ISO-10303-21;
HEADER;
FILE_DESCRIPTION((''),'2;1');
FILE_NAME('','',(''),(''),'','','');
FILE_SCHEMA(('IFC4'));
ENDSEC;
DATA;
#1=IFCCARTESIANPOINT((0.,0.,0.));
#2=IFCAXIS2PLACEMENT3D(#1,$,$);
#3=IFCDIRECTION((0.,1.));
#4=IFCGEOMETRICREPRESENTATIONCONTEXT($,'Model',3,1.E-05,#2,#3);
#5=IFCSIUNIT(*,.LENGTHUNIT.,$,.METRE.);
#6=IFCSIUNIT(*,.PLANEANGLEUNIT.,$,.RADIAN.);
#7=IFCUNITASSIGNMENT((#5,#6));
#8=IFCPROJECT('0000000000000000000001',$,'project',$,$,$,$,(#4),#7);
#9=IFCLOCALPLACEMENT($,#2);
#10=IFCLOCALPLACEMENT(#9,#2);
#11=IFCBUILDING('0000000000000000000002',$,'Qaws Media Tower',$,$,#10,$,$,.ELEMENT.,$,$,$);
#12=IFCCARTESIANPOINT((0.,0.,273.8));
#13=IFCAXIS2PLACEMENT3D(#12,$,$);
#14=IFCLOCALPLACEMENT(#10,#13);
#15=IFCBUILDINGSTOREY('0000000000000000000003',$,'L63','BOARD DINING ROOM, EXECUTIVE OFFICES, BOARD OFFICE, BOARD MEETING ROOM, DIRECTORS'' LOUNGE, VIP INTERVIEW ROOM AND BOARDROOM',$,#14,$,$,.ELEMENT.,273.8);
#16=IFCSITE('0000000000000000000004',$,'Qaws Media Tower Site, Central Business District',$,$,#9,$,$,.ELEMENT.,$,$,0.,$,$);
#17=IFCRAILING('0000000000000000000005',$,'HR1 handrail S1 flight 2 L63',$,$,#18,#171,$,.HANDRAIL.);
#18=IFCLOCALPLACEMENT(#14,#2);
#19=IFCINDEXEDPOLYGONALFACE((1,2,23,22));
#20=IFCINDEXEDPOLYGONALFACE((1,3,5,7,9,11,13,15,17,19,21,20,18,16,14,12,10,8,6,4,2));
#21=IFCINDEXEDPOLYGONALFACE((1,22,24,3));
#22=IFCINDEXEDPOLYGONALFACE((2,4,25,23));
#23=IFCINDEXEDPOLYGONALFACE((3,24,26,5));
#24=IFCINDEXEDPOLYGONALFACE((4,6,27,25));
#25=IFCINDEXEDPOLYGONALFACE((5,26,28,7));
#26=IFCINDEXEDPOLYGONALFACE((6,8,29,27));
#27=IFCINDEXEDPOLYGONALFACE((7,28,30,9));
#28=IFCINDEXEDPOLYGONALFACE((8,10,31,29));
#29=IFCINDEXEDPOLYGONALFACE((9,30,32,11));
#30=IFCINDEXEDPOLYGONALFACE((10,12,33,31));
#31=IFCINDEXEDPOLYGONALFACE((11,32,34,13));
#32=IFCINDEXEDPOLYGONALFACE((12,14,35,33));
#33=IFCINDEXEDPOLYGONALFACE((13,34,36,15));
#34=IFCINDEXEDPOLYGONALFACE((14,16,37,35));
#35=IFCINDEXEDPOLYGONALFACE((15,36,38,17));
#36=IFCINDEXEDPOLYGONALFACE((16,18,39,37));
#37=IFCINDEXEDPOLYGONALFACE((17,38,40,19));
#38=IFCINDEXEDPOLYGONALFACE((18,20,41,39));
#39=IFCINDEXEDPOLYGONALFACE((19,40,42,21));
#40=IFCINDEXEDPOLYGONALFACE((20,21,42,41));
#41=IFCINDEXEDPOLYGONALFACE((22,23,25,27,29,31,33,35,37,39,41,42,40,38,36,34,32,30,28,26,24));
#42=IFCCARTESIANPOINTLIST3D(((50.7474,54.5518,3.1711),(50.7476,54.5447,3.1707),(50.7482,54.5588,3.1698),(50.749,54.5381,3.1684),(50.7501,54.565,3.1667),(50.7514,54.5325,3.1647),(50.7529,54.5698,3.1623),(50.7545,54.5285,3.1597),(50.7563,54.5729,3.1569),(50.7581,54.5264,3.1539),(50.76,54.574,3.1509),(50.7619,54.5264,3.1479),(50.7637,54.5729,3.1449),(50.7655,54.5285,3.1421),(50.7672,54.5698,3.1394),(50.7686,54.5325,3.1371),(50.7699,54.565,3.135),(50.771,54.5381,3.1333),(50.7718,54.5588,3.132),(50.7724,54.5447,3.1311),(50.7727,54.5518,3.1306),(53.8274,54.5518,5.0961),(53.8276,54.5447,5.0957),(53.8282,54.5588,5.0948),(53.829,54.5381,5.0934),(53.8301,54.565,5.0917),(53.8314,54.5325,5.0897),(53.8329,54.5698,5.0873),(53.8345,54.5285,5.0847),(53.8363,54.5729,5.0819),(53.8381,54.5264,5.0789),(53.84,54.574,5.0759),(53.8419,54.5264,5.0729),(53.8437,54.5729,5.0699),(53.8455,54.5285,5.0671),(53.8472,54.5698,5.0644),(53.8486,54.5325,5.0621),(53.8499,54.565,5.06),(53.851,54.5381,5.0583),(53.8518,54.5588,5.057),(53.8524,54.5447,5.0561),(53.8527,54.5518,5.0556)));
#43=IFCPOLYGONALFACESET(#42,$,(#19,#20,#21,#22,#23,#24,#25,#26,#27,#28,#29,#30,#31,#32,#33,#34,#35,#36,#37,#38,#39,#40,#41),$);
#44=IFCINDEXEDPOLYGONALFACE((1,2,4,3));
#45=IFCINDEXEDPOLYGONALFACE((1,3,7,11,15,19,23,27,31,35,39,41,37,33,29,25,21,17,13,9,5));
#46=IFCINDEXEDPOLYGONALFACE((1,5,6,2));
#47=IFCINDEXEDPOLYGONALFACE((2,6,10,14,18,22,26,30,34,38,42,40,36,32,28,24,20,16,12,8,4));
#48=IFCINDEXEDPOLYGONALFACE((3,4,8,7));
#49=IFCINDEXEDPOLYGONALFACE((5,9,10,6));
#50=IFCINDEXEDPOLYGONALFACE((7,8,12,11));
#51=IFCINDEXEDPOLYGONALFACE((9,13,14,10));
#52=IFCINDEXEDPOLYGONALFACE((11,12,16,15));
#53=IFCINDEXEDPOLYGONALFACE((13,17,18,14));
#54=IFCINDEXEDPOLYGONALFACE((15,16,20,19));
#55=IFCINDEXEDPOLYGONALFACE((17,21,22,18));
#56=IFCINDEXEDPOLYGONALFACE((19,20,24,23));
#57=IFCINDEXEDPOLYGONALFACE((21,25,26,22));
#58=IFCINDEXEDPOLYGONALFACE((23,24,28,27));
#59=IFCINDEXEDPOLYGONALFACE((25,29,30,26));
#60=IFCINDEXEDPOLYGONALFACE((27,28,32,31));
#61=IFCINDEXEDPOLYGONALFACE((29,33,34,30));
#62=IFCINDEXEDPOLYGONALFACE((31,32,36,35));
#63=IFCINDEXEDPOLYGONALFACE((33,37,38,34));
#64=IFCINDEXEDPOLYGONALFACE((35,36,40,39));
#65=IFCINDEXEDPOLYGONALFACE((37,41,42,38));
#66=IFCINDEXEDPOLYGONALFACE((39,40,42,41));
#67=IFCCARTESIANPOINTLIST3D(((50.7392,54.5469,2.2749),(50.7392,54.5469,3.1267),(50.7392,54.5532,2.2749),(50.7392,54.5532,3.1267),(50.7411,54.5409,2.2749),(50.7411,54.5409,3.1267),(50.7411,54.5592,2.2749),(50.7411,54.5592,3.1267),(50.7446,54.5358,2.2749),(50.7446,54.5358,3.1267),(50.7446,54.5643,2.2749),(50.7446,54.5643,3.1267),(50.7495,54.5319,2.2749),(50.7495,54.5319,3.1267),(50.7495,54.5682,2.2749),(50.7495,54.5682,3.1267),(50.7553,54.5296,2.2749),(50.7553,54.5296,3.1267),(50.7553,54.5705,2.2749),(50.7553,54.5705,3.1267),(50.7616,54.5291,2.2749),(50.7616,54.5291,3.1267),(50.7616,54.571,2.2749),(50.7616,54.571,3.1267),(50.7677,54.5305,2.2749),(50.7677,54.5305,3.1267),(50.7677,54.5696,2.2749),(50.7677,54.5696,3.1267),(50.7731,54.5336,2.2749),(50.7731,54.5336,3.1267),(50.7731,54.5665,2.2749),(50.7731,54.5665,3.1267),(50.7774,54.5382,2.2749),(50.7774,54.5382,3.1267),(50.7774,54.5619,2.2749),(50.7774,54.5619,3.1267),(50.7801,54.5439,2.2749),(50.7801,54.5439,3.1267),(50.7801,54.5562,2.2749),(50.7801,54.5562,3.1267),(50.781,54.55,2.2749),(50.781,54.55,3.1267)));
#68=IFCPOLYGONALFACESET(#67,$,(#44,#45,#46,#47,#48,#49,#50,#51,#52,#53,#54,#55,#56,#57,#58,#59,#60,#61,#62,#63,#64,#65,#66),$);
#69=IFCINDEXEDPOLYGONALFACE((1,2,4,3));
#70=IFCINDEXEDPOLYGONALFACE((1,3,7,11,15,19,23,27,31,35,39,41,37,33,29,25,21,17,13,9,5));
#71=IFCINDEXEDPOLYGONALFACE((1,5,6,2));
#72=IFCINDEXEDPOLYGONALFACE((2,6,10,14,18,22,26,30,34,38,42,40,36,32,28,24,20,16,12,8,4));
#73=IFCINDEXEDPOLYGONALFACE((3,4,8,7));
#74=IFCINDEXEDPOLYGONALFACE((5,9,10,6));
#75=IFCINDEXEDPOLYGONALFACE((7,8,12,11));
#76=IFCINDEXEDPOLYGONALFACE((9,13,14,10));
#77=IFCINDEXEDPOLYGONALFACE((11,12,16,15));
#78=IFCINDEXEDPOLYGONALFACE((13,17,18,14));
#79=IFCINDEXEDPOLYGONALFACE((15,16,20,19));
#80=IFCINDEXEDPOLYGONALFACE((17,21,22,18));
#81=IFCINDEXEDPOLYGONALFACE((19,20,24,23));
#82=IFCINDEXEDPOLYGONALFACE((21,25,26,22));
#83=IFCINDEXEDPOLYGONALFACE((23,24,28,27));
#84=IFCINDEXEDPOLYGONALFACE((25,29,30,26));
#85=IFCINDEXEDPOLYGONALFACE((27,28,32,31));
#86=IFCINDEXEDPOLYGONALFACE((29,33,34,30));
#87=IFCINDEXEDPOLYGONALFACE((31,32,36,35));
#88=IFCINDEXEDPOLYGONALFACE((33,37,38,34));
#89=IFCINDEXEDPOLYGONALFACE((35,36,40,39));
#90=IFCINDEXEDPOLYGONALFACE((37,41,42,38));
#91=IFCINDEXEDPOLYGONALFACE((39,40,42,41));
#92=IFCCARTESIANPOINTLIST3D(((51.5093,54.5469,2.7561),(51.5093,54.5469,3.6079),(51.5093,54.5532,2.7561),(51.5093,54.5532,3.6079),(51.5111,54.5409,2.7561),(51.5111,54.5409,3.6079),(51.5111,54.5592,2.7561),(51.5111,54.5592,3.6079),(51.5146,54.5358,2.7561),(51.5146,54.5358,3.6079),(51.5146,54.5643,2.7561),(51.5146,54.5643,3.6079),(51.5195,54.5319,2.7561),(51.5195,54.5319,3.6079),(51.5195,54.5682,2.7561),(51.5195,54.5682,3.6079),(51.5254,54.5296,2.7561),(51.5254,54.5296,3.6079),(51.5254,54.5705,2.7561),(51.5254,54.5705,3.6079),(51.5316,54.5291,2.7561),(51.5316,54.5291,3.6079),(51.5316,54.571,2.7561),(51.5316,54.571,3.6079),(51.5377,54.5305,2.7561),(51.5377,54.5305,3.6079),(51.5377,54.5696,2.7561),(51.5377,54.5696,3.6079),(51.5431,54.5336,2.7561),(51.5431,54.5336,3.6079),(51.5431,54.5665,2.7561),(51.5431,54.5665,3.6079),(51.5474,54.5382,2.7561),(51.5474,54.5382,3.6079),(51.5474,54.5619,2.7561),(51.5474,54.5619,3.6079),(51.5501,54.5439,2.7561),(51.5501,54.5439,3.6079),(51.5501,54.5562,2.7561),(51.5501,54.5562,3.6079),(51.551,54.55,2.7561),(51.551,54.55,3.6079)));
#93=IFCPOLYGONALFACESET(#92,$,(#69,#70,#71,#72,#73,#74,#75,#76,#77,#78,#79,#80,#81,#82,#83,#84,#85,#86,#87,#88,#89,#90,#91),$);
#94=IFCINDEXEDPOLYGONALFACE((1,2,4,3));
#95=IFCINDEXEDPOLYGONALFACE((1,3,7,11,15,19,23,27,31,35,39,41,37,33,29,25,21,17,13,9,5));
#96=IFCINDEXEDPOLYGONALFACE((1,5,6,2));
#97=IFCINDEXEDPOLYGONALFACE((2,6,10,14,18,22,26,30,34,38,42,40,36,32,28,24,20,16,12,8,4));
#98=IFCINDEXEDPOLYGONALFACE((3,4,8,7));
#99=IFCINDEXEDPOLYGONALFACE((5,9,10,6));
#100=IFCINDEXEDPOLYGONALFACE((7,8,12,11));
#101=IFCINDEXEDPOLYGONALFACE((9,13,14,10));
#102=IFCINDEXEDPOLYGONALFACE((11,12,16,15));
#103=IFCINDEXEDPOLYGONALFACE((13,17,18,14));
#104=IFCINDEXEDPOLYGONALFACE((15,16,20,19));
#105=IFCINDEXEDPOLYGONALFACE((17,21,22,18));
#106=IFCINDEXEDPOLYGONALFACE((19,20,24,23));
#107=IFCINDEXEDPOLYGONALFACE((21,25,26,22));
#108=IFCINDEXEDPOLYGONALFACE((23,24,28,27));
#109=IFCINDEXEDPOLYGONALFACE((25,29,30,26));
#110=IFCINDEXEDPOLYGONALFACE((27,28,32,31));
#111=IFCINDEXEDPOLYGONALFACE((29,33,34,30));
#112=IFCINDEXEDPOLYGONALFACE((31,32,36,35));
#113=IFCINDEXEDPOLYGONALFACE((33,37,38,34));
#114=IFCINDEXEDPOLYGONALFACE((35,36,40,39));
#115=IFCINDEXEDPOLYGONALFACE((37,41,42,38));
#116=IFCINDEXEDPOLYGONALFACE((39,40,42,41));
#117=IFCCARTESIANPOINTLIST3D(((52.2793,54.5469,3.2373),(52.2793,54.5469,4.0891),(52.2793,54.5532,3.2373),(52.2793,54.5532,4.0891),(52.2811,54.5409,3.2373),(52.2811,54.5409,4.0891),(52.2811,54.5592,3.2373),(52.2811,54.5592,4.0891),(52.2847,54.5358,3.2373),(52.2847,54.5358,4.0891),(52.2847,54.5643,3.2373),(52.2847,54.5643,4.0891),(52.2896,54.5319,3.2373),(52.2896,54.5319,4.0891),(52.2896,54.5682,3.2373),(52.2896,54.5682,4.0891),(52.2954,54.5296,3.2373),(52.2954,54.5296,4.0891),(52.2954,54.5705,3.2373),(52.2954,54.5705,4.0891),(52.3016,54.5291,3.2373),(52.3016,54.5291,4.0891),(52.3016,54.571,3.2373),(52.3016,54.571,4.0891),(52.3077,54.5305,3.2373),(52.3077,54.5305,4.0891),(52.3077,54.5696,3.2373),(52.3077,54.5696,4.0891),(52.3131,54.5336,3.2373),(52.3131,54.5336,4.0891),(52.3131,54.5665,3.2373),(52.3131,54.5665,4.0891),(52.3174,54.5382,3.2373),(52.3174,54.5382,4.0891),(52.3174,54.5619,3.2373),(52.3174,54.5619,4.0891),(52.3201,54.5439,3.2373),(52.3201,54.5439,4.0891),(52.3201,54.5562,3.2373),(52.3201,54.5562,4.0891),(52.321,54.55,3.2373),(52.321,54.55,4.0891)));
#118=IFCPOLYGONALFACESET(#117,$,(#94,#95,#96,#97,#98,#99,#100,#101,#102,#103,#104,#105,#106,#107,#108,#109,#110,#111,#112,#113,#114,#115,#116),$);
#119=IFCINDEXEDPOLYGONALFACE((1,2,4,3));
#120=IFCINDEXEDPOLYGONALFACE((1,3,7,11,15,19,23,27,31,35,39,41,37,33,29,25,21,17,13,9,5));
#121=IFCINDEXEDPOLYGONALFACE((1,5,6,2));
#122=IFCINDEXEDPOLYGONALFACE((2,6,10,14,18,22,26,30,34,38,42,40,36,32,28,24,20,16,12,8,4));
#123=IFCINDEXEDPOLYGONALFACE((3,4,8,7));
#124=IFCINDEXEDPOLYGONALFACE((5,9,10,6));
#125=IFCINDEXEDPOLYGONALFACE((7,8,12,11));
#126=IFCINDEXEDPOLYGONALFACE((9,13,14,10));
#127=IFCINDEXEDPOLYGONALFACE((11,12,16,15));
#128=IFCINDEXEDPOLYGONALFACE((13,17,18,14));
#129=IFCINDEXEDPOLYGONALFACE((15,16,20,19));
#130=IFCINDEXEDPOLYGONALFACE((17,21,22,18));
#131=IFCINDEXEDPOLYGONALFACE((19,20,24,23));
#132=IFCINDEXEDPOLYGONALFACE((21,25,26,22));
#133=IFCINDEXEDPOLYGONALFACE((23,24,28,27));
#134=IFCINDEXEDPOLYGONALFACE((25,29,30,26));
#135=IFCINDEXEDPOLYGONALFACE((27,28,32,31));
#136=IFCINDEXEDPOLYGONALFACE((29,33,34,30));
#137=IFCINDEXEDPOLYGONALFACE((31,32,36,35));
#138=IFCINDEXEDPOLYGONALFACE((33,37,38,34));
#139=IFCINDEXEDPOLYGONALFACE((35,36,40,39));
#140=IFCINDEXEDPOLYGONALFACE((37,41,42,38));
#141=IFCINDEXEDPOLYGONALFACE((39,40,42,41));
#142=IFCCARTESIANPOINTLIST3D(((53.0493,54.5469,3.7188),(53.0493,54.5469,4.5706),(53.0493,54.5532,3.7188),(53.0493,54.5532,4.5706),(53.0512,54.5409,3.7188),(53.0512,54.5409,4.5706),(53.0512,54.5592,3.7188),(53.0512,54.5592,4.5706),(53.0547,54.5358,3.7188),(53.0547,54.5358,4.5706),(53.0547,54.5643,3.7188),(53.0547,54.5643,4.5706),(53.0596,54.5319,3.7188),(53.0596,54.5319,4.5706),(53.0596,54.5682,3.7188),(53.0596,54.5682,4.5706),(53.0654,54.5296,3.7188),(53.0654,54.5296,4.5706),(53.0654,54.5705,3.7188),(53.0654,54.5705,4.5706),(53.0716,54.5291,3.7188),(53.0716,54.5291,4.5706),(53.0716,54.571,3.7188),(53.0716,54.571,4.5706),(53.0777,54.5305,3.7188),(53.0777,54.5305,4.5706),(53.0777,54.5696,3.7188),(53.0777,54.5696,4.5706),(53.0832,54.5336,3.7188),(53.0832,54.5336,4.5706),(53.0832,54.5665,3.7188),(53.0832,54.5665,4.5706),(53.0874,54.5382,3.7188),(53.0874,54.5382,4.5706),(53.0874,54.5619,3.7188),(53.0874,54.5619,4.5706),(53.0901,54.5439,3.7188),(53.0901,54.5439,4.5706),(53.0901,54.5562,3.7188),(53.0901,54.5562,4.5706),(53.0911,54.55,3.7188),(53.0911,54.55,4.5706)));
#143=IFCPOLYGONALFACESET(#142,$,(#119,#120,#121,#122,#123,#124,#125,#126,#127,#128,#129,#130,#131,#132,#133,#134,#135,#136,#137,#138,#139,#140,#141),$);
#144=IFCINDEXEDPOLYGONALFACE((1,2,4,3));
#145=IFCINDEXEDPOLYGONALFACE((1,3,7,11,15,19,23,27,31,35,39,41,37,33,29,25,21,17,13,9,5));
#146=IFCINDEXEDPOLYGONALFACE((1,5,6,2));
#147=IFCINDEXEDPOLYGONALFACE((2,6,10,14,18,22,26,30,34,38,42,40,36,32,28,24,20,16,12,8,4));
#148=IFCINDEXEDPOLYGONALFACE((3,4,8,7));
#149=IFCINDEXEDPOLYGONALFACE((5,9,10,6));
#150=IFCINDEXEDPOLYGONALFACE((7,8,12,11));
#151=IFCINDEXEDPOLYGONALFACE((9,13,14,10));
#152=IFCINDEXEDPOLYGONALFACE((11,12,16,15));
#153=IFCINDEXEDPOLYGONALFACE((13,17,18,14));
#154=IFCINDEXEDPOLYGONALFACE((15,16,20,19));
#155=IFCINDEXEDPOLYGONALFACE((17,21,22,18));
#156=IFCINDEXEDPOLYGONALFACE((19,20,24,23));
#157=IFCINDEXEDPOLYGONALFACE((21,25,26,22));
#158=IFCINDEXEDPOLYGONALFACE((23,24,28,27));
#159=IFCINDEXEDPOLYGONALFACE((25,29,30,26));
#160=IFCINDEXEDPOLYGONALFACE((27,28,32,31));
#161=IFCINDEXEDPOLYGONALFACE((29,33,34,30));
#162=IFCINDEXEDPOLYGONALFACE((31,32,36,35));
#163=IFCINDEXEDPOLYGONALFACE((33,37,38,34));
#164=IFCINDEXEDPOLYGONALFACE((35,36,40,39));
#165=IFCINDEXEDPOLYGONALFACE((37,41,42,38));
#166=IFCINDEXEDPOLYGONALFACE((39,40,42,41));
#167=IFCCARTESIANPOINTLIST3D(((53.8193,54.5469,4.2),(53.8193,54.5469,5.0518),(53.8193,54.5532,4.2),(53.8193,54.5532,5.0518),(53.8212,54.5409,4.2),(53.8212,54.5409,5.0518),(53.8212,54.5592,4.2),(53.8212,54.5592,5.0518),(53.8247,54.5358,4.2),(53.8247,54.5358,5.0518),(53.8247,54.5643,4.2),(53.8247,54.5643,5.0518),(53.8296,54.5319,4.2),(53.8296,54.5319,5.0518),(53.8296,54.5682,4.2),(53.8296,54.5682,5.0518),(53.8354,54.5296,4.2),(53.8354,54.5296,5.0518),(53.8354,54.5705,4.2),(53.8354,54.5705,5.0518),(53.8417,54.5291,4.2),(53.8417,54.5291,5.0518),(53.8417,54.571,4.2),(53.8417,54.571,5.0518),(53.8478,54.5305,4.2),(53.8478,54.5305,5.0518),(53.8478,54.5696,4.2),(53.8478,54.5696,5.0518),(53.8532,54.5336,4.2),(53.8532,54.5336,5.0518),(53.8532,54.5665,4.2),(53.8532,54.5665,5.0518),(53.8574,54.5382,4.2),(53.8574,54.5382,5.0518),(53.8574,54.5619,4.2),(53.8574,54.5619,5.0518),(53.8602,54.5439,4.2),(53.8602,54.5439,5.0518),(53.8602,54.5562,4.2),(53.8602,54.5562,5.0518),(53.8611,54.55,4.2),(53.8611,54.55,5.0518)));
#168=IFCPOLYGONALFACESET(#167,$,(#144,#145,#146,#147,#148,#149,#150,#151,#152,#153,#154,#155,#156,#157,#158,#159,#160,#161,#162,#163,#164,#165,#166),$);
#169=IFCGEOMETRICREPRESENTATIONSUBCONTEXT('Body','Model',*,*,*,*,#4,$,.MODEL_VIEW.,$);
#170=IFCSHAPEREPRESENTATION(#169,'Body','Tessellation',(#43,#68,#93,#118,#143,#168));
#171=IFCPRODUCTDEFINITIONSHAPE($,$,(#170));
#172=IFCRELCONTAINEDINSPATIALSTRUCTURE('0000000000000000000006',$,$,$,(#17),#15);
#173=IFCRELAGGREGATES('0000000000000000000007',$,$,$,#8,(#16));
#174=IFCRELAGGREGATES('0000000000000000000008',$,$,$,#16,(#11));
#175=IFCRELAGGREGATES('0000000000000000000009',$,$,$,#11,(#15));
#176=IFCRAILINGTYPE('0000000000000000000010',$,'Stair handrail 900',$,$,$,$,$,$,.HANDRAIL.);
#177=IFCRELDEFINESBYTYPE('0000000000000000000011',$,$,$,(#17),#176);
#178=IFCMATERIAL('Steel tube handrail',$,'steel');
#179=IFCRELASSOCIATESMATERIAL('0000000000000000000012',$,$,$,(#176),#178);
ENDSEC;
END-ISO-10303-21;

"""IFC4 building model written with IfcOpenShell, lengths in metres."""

from ifc_helpers import new_model, si_unit, direction, frame, origin, origin_2d, place, context, subcontext, project, spatial, circle, extrude, material, type_object, element, save


model = new_model("IFC4")

# Units and contexts
model_context = context("Model", 3, precision=1e-05, world=origin(), true_north=direction((0.0, 1.0)))
body_context = subcontext(model_context, "Body", "Model", "MODEL_VIEW")
ifc_project = project(units=[si_unit("LENGTHUNIT", "METRE"), si_unit("PLANEANGLEUNIT", "RADIAN")], contexts=[model_context])

# Site, building, storey
site_placement = place(None, origin())
site = spatial("IfcSite", under=ifc_project, at=site_placement, Name="Qaws Media Tower Site, Central Business District", CompositionType="ELEMENT", RefElevation=0.0)
building_placement = place(site_placement, origin())
building = spatial("IfcBuilding", under=site, at=building_placement, Name="Qaws Media Tower", CompositionType="ELEMENT")
storey_placement = place(building_placement, frame((0.0, 0.0, 273.8)))
storey = spatial("IfcBuildingStorey", under=building, at=storey_placement, Name="L63", Description="BOARD DINING ROOM, EXECUTIVE OFFICES, BOARD OFFICE, BOARD MEETING ROOM, DIRECTORS' LOUNGE, VIP INTERVIEW ROOM AND BOARDROOM", CompositionType="ELEMENT", Elevation=273.8)

# Railing
ifc_material_1 = material(Name="Steel tube handrail", Category="steel")
railing_type = type_object("IfcRailingType", Name="Stair handrail 900", PredefinedType="HANDRAIL", material=ifc_material_1)
for number, where, name in (
    (1, (50.76, 54.55, 2.2749), "HR1 handrail S1 flight 2 L63"),
):
    element("IfcRailing", number, at=place(storey_placement, frame(where)), inside=storey, type_object=railing_type, Name=name, PredefinedType="HANDRAIL", context=body_context, shape_type="SweptSolid", body=[
        extrude(circle(Radius=0.0239, at=origin_2d()), frame((0.0, 0.0, 0.876), z_axis=(0.847998, 0.0, 0.529999), x_axis=(0.0, 1.0, 0.0)), (0.0, 0.0, 1.0), 3.6321),
        extrude(circle(Radius=0.021, at=origin_2d()), origin(), (0.0, 0.0, 1.0), 0.8518),
        extrude(circle(Radius=0.021, at=origin_2d()), frame((0.77, 0.0, 0.4812)), (0.0, 0.0, 1.0), 0.8518),
        extrude(circle(Radius=0.021, at=origin_2d()), frame((1.54, 0.0, 0.9624)), (0.0, 0.0, 1.0), 0.8518),
        extrude(circle(Radius=0.021, at=origin_2d()), frame((2.3101, 0.0, 1.4438)), (0.0, 0.0, 1.0), 0.8518),
        extrude(circle(Radius=0.021, at=origin_2d()), frame((3.0801, 0.0, 1.925)), (0.0, 0.0, 1.0), 0.8518),
    ])

save(model, "model.ifc")
